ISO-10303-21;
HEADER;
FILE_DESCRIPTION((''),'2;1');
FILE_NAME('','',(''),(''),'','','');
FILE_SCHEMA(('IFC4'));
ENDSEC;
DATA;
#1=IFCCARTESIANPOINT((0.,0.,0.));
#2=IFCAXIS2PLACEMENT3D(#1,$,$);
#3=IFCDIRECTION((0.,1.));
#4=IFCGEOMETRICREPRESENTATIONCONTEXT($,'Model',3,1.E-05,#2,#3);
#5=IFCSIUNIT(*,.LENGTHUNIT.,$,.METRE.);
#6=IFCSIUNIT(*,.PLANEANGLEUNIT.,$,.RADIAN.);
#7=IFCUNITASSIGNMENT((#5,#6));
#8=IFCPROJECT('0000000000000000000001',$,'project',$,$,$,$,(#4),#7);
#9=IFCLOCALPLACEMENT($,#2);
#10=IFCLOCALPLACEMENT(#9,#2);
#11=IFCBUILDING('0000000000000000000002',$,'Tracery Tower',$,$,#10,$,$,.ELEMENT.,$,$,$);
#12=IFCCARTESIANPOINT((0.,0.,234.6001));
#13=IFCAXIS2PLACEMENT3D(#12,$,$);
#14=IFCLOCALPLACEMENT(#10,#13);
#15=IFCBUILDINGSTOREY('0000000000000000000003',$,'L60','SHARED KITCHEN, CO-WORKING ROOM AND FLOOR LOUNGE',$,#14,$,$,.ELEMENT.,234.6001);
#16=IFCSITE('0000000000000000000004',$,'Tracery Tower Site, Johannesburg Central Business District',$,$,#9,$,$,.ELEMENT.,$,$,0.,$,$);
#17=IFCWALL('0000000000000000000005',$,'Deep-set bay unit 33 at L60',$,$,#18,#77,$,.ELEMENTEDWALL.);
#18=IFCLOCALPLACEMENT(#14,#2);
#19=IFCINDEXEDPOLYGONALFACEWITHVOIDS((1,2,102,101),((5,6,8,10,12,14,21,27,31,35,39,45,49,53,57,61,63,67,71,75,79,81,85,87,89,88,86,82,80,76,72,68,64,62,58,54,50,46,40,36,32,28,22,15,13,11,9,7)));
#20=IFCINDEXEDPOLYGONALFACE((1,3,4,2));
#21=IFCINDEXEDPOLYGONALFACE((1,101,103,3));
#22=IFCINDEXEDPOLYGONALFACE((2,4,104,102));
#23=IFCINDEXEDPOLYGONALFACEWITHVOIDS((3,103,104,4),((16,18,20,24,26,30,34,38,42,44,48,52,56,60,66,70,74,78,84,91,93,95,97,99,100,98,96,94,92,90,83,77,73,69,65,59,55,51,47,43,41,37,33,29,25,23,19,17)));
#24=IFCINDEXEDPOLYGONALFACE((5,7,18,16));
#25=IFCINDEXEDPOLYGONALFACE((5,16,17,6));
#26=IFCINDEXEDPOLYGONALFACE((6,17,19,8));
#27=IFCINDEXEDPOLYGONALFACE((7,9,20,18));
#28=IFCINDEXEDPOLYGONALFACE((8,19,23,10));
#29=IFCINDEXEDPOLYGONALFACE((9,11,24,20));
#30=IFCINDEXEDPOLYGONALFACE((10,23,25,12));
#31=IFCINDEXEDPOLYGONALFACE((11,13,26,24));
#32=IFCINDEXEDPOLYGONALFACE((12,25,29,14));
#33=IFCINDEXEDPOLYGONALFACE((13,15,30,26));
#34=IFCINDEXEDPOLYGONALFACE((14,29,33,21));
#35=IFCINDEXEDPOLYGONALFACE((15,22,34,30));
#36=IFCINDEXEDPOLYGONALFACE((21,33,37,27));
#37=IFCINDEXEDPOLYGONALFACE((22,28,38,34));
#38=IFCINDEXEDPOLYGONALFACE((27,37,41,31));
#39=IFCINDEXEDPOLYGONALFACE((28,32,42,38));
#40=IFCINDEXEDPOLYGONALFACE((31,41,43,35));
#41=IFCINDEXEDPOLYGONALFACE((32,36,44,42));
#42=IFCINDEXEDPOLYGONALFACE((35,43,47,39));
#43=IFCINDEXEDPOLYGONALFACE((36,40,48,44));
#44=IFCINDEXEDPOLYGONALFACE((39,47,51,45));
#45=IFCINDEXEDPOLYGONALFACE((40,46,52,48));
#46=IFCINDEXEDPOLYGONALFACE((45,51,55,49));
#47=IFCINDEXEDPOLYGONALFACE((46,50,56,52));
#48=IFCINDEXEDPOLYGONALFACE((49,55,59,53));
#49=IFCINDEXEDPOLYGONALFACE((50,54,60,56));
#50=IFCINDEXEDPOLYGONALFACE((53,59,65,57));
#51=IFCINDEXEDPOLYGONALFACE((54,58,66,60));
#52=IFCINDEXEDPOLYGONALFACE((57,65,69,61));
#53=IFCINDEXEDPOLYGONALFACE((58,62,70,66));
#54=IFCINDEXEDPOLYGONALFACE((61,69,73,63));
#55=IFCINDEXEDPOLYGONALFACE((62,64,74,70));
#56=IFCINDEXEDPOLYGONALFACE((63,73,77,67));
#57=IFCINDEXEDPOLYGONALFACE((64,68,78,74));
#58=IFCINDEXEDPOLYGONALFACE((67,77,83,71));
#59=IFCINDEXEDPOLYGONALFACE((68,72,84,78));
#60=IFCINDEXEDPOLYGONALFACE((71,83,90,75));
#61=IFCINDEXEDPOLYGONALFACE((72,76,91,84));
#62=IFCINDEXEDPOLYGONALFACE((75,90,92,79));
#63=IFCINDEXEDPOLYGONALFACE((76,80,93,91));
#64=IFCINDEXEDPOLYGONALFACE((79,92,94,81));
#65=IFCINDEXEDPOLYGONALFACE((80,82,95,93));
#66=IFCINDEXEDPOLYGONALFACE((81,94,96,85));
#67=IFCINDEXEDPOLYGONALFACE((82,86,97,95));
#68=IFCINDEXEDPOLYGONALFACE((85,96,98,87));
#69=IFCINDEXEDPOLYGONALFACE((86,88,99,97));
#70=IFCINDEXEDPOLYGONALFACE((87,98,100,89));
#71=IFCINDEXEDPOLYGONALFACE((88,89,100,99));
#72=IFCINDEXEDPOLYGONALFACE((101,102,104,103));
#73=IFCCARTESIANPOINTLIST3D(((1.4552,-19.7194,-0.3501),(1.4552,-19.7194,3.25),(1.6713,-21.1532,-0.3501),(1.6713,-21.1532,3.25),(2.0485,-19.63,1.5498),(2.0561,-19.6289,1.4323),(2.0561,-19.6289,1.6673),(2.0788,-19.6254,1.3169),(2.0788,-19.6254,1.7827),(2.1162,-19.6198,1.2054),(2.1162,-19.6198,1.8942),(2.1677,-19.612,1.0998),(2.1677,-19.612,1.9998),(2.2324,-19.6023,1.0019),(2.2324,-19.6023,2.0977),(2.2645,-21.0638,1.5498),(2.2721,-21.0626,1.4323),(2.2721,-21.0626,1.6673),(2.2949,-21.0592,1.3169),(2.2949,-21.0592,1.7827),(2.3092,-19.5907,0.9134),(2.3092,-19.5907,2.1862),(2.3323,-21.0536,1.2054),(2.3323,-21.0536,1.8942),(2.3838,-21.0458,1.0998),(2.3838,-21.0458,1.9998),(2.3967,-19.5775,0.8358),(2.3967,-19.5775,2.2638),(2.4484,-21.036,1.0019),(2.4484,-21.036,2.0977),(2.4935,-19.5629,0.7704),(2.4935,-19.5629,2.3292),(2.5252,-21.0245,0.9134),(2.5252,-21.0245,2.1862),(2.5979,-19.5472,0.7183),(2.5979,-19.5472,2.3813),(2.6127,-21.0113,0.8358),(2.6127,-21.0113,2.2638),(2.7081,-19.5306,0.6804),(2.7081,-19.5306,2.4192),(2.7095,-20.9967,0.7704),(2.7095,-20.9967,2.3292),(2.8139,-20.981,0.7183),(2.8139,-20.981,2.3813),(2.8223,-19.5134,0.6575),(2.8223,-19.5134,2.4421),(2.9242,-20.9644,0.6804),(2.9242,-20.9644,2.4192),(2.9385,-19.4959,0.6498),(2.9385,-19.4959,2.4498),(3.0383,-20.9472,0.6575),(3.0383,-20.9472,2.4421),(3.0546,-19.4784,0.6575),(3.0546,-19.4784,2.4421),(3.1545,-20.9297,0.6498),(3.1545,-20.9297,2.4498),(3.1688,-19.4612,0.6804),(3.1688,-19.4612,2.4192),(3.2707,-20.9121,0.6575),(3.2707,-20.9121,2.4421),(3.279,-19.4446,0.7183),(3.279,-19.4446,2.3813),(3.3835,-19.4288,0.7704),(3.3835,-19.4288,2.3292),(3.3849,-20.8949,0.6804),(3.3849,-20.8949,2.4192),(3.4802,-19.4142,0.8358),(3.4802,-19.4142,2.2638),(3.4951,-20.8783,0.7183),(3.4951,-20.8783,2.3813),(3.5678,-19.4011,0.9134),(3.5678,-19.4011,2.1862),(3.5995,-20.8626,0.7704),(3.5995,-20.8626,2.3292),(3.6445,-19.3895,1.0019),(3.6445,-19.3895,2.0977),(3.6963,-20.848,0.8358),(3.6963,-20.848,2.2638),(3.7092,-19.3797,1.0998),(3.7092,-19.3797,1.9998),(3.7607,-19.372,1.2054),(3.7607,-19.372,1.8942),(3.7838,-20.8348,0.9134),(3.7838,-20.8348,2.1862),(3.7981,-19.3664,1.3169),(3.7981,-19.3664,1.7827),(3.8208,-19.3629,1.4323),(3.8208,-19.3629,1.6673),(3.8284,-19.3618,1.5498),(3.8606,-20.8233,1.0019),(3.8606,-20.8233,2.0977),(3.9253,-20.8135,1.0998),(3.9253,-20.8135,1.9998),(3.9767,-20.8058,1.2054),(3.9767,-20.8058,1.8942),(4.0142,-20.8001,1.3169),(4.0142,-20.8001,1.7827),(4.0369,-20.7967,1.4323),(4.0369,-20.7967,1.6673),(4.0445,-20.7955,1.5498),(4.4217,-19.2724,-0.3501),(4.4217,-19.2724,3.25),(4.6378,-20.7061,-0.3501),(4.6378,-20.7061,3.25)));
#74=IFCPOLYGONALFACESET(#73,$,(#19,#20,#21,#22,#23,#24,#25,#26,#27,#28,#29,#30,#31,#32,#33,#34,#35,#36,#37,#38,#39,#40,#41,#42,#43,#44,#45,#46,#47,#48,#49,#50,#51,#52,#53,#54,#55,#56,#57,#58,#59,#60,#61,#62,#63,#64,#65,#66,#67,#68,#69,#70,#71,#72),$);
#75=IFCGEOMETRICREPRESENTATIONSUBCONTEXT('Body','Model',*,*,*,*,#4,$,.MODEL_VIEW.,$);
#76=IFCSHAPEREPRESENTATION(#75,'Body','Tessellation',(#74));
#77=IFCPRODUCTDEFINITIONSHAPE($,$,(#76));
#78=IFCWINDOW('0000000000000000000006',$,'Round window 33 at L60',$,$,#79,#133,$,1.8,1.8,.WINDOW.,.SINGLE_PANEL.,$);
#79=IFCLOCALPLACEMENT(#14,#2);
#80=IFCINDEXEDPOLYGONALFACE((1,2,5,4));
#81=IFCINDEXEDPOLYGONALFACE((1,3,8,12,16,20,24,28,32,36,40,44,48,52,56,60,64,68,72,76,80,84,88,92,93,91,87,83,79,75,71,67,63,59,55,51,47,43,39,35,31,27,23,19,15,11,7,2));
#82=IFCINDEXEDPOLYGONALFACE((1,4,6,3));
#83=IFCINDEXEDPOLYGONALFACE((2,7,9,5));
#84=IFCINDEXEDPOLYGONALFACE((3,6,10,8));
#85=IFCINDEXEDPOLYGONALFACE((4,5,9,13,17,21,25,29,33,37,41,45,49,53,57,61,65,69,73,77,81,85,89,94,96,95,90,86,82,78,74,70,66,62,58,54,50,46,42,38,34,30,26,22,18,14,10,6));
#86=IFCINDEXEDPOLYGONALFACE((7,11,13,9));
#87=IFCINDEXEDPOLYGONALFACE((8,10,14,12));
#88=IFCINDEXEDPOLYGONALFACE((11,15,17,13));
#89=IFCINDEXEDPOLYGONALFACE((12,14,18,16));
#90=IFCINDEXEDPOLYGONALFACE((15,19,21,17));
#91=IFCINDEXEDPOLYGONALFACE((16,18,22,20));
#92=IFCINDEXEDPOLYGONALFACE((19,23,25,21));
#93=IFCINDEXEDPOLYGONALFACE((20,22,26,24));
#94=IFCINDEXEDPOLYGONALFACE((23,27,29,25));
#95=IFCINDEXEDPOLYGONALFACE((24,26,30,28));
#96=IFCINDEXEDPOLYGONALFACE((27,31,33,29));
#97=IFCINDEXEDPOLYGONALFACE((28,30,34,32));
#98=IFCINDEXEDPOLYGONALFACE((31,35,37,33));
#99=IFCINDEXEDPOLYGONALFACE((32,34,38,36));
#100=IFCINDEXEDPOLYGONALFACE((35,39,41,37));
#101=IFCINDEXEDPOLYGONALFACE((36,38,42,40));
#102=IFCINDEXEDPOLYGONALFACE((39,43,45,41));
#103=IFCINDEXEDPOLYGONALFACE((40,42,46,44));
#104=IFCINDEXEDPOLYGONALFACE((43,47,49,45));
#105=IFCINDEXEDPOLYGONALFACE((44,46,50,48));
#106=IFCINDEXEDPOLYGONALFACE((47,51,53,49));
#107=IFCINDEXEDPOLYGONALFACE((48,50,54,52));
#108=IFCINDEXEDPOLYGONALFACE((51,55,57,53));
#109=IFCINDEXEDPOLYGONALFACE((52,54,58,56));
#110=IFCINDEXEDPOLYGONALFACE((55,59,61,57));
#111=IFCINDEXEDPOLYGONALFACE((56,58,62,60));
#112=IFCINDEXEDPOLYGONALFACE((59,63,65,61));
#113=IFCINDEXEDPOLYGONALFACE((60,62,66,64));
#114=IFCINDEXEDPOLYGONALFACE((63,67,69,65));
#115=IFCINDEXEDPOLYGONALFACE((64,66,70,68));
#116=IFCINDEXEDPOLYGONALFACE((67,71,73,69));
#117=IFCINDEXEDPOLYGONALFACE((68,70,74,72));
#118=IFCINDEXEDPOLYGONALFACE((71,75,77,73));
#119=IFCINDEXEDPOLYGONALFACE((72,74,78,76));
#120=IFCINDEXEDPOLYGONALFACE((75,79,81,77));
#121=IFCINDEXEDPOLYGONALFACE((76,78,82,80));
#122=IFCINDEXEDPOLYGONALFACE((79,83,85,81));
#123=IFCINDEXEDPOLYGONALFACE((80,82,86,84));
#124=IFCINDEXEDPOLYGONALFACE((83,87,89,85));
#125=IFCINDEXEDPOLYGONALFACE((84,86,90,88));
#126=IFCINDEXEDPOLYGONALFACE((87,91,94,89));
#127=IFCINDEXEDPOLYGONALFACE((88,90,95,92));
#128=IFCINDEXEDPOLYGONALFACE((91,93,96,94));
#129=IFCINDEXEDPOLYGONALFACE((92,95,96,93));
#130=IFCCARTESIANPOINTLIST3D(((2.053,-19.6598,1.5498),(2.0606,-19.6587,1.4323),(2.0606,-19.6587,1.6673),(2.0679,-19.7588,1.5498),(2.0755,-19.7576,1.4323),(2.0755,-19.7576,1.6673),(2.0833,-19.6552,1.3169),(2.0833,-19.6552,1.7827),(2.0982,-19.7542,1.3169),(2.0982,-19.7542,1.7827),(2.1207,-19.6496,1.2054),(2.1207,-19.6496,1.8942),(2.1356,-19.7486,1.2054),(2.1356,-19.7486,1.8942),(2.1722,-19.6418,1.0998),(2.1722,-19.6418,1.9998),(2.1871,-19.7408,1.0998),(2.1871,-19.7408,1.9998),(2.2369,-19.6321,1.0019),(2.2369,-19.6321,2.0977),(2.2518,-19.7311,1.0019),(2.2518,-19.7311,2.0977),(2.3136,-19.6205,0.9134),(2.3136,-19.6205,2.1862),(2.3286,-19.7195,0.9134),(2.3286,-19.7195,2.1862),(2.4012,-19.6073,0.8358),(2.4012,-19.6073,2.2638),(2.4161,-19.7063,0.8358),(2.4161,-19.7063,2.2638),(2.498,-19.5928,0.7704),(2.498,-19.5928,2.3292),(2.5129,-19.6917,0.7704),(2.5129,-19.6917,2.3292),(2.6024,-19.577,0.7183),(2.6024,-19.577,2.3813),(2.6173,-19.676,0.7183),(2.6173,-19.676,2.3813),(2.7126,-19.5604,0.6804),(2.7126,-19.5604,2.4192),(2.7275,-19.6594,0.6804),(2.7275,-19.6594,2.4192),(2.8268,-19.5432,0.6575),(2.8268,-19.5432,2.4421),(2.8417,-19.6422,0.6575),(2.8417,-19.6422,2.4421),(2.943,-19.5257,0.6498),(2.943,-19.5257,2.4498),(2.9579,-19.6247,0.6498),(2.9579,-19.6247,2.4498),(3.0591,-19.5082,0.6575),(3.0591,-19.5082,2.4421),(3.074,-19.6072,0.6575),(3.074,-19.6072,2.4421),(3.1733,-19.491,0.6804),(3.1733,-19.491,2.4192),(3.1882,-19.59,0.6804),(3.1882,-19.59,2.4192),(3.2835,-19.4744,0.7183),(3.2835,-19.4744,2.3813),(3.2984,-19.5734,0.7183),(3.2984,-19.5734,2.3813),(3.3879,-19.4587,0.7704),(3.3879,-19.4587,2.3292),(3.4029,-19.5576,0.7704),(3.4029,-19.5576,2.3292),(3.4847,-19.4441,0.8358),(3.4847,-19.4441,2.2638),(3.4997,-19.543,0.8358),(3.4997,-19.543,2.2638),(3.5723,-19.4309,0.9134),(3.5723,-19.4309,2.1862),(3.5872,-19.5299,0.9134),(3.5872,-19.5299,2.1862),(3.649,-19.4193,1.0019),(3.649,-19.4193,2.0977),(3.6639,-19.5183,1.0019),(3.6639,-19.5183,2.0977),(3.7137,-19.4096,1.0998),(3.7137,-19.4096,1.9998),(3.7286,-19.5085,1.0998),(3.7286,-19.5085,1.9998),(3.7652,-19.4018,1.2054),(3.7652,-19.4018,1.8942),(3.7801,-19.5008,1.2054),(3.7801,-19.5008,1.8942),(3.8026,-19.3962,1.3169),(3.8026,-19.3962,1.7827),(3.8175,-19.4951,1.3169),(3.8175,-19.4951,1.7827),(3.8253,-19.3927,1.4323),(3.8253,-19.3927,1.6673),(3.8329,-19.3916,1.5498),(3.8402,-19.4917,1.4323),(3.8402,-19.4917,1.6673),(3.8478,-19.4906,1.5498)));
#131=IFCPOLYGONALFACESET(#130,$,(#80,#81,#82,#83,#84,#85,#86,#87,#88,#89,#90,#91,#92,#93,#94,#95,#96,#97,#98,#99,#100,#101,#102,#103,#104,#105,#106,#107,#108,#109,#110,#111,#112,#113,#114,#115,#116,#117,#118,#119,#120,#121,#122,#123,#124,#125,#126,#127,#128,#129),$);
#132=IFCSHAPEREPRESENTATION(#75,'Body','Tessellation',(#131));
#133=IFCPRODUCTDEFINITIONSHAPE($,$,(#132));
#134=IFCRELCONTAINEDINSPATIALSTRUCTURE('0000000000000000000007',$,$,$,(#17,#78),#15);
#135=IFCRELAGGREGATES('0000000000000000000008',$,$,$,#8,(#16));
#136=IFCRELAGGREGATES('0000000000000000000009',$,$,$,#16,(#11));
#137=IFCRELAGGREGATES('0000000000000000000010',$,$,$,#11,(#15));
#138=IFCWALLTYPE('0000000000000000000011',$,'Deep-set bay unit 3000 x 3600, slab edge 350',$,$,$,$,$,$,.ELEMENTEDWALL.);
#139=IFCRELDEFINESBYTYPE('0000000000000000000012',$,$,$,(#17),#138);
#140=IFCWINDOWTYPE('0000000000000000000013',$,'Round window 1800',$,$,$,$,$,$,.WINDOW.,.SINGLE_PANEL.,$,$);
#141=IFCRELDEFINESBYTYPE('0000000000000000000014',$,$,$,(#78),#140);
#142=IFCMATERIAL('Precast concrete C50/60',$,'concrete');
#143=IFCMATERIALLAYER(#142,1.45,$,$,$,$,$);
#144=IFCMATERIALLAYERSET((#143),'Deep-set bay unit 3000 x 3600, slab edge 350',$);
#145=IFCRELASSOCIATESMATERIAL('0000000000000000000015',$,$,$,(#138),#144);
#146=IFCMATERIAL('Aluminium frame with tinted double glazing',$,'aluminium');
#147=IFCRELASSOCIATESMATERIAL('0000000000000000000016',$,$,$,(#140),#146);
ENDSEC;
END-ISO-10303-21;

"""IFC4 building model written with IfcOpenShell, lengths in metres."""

from ifc_helpers import new_model, si_unit, direction, frame, frame_2d, origin, origin_2d, place, context, subcontext, project, spatial, rectangle, circle, extrude, material, layer, layer_set, type_object, element, fill, save


model = new_model("IFC4")

# Units and contexts
model_context = context("Model", 3, precision=1e-05, world=origin(), true_north=direction((0.0, 1.0)))
body_context = subcontext(model_context, "Body", "Model", "MODEL_VIEW")
ifc_project = project(units=[si_unit("LENGTHUNIT", "METRE"), si_unit("PLANEANGLEUNIT", "RADIAN")], contexts=[model_context])

# Site, building, storey
site_placement = place(None, origin())
site = spatial("IfcSite", under=ifc_project, at=site_placement, Name="Tracery Tower Site, Johannesburg Central Business District", CompositionType="ELEMENT", RefElevation=0.0)
building_placement = place(site_placement, origin())
building = spatial("IfcBuilding", under=site, at=building_placement, Name="Tracery Tower", CompositionType="ELEMENT")
storey_placement = place(building_placement, frame((0.0, 0.0, 234.6001)))
storey = spatial("IfcBuildingStorey", under=building, at=storey_placement, Name="L60", Description="SHARED KITCHEN, CO-WORKING ROOM AND FLOOR LOUNGE", CompositionType="ELEMENT", Elevation=234.6001)

# Wall, opening, window
ifc_material_1 = material(Name="Precast concrete C50/60", Category="concrete")
ifc_layer_1 = layer(ifc_material_1, 1.45)
ifc_layer_set_1 = layer_set([ifc_layer_1], Name="Deep-set bay unit 3000 x 3600, slab edge 350")
wall_type_1 = type_object("IfcWallType", Name="Deep-set bay unit 3000 x 3600, slab edge 350", PredefinedType="ELEMENTEDWALL", material=ifc_layer_set_1)
wall_1_placement = place(storey_placement, frame((1.5632, -20.4363, -0.3501), z_axis=(0.0, 0.0, 1.0), x_axis=(0.988836, 0.149005, 0.0)))
wall_1 = element("IfcWall", 1, at=wall_1_placement, inside=storey, type_object=wall_type_1, Name="Deep-set bay unit 33 at L60", PredefinedType="ELEMENTEDWALL", context=body_context, shape_type="SweptSolid", body=[
    extrude(rectangle(XDim=3.0, YDim=1.45, at=frame_2d((1.5, 0.0))), origin(), (0.0, 0.0, 1.0), 3.6001),
])
opening_1_placement = place(wall_1_placement, frame((1.5, 0.0, 1.8999)))
opening_1 = element("IfcOpeningElement", 2, at=opening_1_placement, cuts=wall_1, PredefinedType="OPENING", context=body_context, shape_type="SweptSolid", body=[
    extrude(circle(Radius=0.9, at=origin_2d()), frame((0.0, 0.7349, 0.0), z_axis=(0.0, -1.0, 0.0), x_axis=(1.0, 0.0, 0.0)), (0.0, 0.0, 1.0), 1.47),
])
ifc_material_2 = material(Name="Aluminium frame with tinted double glazing", Category="aluminium")
window_type = type_object("IfcWindowType", Name="Round window 1800", PartitioningType="SINGLE_PANEL", PredefinedType="WINDOW", material=ifc_material_2)
window_1_placement = place(opening_1_placement, origin())
window_1 = element("IfcWindow", 3, at=window_1_placement, inside=storey, type_object=window_type, Name="Round window 33 at L60", OverallHeight=1.8, OverallWidth=1.8, PartitioningType="SINGLE_PANEL", PredefinedType="WINDOW", context=body_context, shape_type="SweptSolid", body=[
    extrude(circle(Radius=0.9, at=origin_2d()), frame((0.0, 0.6948, 0.0), z_axis=(0.0, -1.0, 0.0), x_axis=(1.0, 0.0, 0.0)), (0.0, 0.0, 1.0), 0.1001),
])
fill(opening_1, window_1)

save(model, "model.ifc")
